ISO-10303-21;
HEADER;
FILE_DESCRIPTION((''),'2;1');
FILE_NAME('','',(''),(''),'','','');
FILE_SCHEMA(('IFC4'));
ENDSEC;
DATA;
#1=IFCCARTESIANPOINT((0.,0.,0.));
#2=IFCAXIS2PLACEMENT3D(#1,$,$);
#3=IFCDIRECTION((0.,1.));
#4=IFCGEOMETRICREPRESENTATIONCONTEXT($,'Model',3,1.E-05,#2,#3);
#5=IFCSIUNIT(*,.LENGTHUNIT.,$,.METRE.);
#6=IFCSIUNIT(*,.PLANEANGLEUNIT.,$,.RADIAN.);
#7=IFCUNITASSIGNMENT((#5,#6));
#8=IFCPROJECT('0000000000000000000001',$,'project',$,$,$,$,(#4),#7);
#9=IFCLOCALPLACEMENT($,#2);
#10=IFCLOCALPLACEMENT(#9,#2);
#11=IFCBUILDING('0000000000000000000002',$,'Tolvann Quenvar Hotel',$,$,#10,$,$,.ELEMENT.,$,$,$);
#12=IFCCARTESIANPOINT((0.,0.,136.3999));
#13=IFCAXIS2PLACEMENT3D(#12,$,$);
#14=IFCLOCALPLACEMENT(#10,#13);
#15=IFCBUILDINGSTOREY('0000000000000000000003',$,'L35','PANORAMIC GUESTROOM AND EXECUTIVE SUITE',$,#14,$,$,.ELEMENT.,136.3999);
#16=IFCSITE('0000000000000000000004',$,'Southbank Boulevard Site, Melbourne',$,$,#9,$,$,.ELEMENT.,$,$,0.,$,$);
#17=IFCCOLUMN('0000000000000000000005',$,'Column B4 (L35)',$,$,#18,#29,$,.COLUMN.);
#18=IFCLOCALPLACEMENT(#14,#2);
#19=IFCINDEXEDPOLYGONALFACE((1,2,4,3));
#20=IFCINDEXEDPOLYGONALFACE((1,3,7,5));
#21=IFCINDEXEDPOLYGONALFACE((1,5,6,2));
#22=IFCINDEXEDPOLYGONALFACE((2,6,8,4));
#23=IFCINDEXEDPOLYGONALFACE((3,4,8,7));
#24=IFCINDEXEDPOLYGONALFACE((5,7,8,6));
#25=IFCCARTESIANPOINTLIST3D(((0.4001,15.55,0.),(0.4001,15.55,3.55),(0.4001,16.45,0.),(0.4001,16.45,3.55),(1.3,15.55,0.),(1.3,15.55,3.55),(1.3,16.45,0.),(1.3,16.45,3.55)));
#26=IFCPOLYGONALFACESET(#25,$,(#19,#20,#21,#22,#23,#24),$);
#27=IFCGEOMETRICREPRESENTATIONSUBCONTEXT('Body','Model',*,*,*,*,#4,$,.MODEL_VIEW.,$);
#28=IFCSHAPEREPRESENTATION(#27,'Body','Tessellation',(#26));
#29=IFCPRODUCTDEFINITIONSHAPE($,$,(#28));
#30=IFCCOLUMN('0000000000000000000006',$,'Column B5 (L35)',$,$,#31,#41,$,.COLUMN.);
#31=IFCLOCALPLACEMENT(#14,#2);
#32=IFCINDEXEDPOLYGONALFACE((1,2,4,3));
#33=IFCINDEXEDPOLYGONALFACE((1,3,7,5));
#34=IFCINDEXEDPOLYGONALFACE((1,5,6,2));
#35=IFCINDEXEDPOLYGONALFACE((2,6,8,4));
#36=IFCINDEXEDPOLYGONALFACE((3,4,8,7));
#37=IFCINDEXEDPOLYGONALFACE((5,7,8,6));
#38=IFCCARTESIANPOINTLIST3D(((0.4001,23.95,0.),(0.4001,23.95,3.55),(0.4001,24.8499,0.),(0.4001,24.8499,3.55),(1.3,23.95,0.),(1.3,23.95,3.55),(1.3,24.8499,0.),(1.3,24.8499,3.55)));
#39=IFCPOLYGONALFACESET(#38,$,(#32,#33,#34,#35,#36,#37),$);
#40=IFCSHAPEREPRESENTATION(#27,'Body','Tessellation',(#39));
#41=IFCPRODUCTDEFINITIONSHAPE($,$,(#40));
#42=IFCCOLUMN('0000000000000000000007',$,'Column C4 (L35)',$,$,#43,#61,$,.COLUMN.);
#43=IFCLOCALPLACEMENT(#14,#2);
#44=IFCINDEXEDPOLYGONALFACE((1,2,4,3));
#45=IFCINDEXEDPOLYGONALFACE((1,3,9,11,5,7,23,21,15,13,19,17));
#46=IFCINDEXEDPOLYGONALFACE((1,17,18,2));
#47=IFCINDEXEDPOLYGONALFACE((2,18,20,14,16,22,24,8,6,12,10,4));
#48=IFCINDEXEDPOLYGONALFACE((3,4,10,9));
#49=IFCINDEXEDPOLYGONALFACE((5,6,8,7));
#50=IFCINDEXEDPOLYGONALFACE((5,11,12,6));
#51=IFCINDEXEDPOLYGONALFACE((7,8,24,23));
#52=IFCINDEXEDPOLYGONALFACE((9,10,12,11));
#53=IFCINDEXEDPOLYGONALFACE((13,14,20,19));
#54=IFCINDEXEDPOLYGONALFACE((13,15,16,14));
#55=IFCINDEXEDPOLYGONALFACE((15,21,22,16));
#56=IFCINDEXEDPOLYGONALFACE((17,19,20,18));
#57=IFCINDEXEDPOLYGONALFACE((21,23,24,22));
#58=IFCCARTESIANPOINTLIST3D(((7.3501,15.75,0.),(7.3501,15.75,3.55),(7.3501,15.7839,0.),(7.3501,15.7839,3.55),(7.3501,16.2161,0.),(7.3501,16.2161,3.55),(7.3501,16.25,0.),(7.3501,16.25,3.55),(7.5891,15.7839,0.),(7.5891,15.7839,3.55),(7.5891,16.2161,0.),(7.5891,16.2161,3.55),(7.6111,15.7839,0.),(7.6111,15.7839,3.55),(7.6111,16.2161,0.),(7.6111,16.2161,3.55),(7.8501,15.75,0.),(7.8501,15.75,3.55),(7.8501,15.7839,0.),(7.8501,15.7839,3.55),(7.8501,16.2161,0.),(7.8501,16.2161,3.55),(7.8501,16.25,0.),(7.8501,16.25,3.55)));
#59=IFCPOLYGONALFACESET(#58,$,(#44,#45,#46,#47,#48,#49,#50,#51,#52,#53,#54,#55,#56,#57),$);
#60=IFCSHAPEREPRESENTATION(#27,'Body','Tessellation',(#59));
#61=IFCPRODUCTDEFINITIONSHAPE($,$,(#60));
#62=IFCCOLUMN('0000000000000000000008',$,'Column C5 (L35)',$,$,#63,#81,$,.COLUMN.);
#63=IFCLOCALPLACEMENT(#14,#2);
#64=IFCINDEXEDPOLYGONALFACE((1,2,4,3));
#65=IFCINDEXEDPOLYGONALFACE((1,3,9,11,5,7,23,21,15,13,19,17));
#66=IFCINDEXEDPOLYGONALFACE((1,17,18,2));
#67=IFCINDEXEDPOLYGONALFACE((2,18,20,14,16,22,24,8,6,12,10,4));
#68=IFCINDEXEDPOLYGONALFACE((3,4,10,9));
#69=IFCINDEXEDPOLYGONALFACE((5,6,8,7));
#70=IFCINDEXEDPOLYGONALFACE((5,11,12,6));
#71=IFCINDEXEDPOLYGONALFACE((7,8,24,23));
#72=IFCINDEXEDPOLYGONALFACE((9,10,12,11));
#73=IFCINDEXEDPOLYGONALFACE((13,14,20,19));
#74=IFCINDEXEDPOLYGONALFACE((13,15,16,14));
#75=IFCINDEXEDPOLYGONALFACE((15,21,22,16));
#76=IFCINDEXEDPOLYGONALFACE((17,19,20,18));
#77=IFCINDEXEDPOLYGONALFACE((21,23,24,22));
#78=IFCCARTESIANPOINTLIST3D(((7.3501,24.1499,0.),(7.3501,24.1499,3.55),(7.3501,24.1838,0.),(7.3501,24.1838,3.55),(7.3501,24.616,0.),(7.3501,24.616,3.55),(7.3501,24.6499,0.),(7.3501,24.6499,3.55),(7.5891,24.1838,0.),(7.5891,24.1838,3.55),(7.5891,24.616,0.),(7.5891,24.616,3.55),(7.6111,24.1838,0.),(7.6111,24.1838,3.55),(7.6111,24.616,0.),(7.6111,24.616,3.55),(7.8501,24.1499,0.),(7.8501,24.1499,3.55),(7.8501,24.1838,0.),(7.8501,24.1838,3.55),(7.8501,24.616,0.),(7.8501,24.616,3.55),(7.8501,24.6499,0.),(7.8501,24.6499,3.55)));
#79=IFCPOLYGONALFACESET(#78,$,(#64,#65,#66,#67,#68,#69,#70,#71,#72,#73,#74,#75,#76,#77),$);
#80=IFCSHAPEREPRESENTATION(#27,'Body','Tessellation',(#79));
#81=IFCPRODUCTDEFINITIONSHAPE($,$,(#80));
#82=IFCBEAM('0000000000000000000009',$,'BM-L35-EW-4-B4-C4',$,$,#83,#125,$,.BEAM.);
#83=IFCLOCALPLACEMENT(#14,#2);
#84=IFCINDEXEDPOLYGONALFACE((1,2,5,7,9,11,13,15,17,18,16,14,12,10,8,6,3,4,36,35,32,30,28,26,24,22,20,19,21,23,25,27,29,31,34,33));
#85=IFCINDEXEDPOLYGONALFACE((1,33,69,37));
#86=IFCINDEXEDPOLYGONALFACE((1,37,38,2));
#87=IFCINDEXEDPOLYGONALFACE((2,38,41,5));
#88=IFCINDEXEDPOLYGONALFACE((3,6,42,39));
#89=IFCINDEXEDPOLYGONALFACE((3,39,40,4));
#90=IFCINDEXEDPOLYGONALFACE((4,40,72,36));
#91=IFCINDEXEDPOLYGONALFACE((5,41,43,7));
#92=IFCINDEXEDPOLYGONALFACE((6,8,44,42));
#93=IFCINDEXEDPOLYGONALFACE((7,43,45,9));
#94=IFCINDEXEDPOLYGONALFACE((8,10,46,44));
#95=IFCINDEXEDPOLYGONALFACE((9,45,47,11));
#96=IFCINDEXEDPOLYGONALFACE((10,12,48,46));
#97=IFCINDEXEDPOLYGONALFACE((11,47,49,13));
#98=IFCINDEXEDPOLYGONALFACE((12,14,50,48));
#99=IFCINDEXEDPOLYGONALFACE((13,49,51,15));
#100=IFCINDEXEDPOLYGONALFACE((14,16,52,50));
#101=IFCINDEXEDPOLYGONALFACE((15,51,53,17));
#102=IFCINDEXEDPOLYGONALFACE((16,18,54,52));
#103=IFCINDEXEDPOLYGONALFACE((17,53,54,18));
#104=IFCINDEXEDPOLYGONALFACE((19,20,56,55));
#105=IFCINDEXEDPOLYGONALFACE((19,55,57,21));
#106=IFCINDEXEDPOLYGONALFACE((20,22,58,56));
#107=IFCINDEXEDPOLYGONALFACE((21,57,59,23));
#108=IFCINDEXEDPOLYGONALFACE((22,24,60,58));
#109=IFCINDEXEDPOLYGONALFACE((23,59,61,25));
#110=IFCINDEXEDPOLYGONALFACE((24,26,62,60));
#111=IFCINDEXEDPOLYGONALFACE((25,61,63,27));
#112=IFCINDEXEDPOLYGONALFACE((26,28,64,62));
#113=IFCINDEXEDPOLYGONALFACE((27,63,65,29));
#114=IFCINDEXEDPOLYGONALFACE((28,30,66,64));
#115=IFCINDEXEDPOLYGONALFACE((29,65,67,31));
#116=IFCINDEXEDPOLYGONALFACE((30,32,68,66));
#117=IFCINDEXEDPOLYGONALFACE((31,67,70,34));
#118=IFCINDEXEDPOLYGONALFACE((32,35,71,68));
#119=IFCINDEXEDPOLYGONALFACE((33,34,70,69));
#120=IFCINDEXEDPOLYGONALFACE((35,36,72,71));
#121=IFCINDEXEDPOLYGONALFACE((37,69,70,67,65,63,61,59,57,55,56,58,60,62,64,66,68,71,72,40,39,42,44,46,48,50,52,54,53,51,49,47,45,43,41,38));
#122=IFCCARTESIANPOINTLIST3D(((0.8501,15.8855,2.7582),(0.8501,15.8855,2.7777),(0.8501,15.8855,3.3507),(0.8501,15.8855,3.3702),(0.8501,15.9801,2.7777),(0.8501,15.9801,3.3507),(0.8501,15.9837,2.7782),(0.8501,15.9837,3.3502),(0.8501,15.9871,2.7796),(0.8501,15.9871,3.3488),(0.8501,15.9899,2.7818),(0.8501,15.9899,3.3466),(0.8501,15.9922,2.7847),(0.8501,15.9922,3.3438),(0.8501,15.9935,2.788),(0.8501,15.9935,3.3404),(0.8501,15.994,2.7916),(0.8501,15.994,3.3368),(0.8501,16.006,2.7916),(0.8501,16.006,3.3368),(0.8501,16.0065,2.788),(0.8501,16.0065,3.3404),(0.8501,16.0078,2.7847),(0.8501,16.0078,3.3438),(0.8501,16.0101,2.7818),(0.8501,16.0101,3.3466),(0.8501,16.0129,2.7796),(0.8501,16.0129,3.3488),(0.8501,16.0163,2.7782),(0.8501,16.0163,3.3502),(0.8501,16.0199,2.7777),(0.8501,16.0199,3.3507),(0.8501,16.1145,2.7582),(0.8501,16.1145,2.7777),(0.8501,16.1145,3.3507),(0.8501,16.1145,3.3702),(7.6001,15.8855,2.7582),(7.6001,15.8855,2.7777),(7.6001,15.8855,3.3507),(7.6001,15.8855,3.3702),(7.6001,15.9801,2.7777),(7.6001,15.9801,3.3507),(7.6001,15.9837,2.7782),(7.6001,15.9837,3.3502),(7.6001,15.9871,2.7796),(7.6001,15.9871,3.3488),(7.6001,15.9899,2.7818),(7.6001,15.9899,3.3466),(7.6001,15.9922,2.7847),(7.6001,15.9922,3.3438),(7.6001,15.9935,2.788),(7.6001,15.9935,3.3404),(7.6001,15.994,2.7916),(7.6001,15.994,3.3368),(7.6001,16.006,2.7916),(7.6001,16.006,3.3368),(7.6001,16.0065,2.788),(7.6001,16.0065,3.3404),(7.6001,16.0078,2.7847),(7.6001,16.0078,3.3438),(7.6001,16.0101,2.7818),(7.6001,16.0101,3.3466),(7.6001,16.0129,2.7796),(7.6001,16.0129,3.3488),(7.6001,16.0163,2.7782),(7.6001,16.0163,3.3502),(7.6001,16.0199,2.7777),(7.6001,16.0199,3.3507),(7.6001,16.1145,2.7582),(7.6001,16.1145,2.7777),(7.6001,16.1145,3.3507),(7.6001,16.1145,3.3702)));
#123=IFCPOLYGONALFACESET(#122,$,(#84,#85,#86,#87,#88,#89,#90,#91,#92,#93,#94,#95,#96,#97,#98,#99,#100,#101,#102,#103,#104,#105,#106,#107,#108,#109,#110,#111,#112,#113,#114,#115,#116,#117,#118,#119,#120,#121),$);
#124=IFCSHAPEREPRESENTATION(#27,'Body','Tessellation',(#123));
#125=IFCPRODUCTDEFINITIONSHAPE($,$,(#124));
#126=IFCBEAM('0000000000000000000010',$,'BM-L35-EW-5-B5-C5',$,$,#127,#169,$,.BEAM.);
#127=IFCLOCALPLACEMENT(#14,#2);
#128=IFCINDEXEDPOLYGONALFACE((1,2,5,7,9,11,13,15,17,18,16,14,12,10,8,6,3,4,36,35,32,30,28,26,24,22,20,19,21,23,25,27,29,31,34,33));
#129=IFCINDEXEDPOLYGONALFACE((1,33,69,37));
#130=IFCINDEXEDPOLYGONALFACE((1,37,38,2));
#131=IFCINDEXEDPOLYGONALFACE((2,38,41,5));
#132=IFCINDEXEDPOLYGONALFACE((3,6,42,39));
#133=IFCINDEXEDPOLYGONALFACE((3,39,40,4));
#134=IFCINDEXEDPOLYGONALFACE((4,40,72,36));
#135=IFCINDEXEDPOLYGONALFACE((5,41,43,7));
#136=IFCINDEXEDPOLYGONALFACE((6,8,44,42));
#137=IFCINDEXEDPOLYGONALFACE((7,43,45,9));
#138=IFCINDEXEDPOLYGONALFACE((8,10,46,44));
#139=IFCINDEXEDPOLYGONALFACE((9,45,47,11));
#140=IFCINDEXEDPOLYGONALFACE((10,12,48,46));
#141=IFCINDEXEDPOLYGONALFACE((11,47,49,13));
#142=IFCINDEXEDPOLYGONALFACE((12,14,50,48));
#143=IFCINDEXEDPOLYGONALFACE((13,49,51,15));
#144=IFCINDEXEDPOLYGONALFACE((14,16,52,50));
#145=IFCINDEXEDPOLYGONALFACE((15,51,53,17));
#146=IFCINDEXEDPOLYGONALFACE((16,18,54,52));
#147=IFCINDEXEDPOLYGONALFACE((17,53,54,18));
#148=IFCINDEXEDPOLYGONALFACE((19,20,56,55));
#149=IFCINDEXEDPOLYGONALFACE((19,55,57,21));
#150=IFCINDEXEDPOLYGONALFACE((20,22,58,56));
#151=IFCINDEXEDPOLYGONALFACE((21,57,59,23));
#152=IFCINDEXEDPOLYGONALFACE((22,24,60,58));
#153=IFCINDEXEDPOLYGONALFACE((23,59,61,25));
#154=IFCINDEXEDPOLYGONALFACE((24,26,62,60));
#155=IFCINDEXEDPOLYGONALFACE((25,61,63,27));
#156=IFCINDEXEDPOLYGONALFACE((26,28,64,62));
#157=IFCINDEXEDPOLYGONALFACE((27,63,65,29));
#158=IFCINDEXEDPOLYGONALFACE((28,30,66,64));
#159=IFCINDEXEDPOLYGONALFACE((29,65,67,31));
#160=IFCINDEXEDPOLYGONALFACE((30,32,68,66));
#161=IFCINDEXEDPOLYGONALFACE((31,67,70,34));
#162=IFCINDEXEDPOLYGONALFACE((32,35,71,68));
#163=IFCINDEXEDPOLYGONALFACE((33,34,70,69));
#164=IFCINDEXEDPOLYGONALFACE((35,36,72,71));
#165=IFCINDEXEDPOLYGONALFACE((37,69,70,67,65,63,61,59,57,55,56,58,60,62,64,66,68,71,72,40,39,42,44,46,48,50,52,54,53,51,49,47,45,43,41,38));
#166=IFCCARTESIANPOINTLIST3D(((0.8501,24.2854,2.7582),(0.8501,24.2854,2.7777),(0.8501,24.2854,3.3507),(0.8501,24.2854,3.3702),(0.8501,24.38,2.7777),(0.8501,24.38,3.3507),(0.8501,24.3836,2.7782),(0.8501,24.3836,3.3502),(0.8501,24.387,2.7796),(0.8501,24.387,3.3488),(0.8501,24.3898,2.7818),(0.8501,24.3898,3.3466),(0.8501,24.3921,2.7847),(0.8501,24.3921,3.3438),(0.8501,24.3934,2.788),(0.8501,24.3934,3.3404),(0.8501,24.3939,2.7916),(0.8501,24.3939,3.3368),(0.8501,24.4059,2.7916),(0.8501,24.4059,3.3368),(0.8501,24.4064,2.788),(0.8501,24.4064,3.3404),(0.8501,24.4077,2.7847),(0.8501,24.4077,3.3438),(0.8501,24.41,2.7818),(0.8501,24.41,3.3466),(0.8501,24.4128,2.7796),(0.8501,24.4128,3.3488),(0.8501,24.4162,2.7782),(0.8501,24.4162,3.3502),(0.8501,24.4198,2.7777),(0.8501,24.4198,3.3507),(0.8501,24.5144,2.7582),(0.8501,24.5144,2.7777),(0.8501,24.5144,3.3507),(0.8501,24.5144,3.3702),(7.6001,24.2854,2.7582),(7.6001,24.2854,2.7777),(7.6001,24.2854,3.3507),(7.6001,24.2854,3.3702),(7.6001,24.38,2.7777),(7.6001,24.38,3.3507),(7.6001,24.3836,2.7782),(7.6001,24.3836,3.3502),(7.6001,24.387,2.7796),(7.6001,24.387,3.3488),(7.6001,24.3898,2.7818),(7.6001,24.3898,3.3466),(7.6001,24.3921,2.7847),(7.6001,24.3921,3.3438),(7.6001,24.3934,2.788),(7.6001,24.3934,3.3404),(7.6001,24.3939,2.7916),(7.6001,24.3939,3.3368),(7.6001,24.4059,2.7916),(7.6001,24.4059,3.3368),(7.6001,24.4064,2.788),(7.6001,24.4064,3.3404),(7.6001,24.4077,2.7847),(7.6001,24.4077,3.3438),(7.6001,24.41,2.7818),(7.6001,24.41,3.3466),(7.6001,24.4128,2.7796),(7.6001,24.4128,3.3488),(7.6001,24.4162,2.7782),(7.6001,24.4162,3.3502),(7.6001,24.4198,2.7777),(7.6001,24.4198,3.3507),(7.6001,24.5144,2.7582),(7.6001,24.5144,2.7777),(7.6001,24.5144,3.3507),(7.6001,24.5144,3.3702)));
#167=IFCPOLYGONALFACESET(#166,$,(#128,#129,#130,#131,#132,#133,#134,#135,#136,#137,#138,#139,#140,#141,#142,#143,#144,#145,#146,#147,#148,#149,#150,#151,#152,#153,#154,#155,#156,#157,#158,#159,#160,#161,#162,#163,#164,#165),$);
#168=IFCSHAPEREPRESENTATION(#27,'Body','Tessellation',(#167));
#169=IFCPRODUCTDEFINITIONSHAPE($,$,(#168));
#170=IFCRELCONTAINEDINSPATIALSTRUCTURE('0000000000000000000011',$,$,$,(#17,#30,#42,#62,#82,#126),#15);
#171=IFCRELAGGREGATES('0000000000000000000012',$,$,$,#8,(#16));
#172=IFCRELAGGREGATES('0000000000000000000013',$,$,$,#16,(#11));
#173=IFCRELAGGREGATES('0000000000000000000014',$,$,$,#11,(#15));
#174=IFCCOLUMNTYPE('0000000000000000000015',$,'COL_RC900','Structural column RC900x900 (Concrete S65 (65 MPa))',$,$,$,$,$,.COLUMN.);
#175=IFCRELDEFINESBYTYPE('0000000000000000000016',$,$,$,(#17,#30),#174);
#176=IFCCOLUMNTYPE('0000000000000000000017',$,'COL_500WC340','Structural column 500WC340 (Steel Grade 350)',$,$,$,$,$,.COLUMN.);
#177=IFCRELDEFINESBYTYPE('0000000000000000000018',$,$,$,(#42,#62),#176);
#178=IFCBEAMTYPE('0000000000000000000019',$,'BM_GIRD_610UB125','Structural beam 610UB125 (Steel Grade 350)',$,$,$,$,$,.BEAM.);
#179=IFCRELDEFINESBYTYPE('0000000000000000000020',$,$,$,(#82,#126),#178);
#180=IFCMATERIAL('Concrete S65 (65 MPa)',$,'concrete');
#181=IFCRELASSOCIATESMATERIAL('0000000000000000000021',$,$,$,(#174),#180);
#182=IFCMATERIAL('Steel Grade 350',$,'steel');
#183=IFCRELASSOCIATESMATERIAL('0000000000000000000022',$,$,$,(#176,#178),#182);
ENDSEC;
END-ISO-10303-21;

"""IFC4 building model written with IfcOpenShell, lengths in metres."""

from ifc_helpers import new_model, si_unit, direction, frame, origin, origin_2d, place, context, subcontext, project, spatial, rectangle, i_section, extrude, source, transform, mapped, material, material_profile, profile_set, type_object, type_shapes, element, save


model = new_model("IFC4")

# Units and contexts
model_context = context("Model", 3, precision=1e-05, world=origin(), true_north=direction((0.0, 1.0)))
body_context = subcontext(model_context, "Body", "Model", "MODEL_VIEW")
ifc_project = project(units=[si_unit("LENGTHUNIT", "METRE"), si_unit("PLANEANGLEUNIT", "RADIAN")], contexts=[model_context])

# Site, building, storey
site_placement = place(None, origin())
site = spatial("IfcSite", under=ifc_project, at=site_placement, Name="Southbank Boulevard Site, Melbourne", CompositionType="ELEMENT", RefElevation=0.0)
building_placement = place(site_placement, origin())
building = spatial("IfcBuilding", under=site, at=building_placement, Name="Tolvann Quenvar Hotel", CompositionType="ELEMENT")
storey_placement = place(building_placement, frame((0.0, 0.0, 136.3999)))
storey = spatial("IfcBuildingStorey", under=building, at=storey_placement, Name="L35", Description="PANORAMIC GUESTROOM AND EXECUTIVE SUITE", CompositionType="ELEMENT", Elevation=136.3999)

# Columns
ifc_material_1 = material(Name="Concrete S65 (65 MPa)", Category="concrete")
ifc_material_profile_1 = material_profile(ifc_material_1, rectangle(XDim=0.8999, YDim=0.8999, at=origin_2d()), Name="RC900x900")
ifc_profile_set_1 = profile_set([ifc_material_profile_1], Name="Concrete S65 (65 MPa)")
column_type_1 = type_object("IfcColumnType", Name="COL_RC900", Description="Structural column RC900x900 (Concrete S65 (65 MPa))", PredefinedType="COLUMN", material=ifc_profile_set_1)
shared_shape_1 = source(origin(), body_context, "Body", "SweptSolid", [
    extrude(rectangle(XDim=0.8999, YDim=0.8999, at=origin_2d()), origin(), (0.0, 0.0, 1.0), 3.55),
])
type_shapes(column_type_1, [shared_shape_1])
for number, where, z_axis, x_axis, name in (
    (1, (0.8501, 16.0, 0.0), (0.0, 0.0, 1.0), (1.0, 0.0, 0.0), "Column B4 (L35)"),
    (2, (0.8501, 24.3999, 0.0), (0.0, 0.0, 1.0), (1.0, 0.0, 0.0), "Column B5 (L35)"),
):
    element("IfcColumn", number, at=place(storey_placement, frame(where, z_axis=z_axis, x_axis=x_axis)), inside=storey, type_object=column_type_1, Name=name, PredefinedType="COLUMN", context=body_context, shape_type="MappedRepresentation", body=[
        mapped(shared_shape_1, transform((0.0, 0.0, 0.0), x_axis=(1.0, 0.0, 0.0), y_axis=(0.0, 1.0, 0.0), z_axis=(0.0, 0.0, 1.0), scale=1.0)),
    ])
ifc_material_2 = material(Name="Steel Grade 350", Category="steel")
ifc_material_profile_2 = material_profile(ifc_material_2, i_section(OverallWidth=0.5, OverallDepth=0.5, WebThickness=0.022, FlangeThickness=0.0339, at=origin_2d()), Name="500WC340")
ifc_profile_set_2 = profile_set([ifc_material_profile_2], Name="Steel Grade 350")
column_type_2 = type_object("IfcColumnType", Name="COL_500WC340", Description="Structural column 500WC340 (Steel Grade 350)", PredefinedType="COLUMN", material=ifc_profile_set_2)
shared_shape_2 = source(origin(), body_context, "Body", "SweptSolid", [
    extrude(i_section(OverallWidth=0.5, OverallDepth=0.5, WebThickness=0.022, FlangeThickness=0.0339, at=origin_2d()), origin(), (0.0, 0.0, 1.0), 3.55),
])
type_shapes(column_type_2, [shared_shape_2])
for number, where, z_axis, x_axis, name in (
    (3, (7.6001, 16.0, 0.0), (0.0, 0.0, 1.0), (1.0, 0.0, 0.0), "Column C4 (L35)"),
    (4, (7.6001, 24.3999, 0.0), (0.0, 0.0, 1.0), (1.0, 0.0, 0.0), "Column C5 (L35)"),
):
    element("IfcColumn", number, at=place(storey_placement, frame(where, z_axis=z_axis, x_axis=x_axis)), inside=storey, type_object=column_type_2, Name=name, PredefinedType="COLUMN", context=body_context, shape_type="MappedRepresentation", body=[
        mapped(shared_shape_2, transform((0.0, 0.0, 0.0), x_axis=(1.0, 0.0, 0.0), y_axis=(0.0, 1.0, 0.0), z_axis=(0.0, 0.0, 1.0), scale=1.0)),
    ])

# Beams
ifc_material_profile_3 = material_profile(ifc_material_2, i_section(OverallWidth=0.229, OverallDepth=0.6121, WebThickness=0.012, FlangeThickness=0.0195, FilletRadius=0.0139, at=origin_2d()), Name="610UB125")
ifc_profile_set_3 = profile_set([ifc_material_profile_3], Name="Steel Grade 350")
beam_type_1 = type_object("IfcBeamType", Name="BM_GIRD_610UB125", Description="Structural beam 610UB125 (Steel Grade 350)", PredefinedType="BEAM", material=ifc_profile_set_3)
shared_shape_3 = source(origin(), body_context, "Body", "SweptSolid", [
    extrude(i_section(OverallWidth=0.229, OverallDepth=0.6121, WebThickness=0.012, FlangeThickness=0.0195, FilletRadius=0.0139, at=origin_2d()), origin(), (0.0, 0.0, 1.0), 6.75),
])
for number, where, z_axis, x_axis, name in (
    (5, (0.8501, 16.0, 3.0642), (1.0, 0.0, 0.0), (0.0, 1.0, 0.0), "BM-L35-EW-4-B4-C4"),
    (6, (0.8501, 24.3999, 3.0642), (1.0, 0.0, 0.0), (0.0, 1.0, 0.0), "BM-L35-EW-5-B5-C5"),
):
    element("IfcBeam", number, at=place(storey_placement, frame(where, z_axis=z_axis, x_axis=x_axis)), inside=storey, type_object=beam_type_1, Name=name, PredefinedType="BEAM", context=body_context, shape_type="MappedRepresentation", body=[
        mapped(shared_shape_3, transform((0.0, 0.0, 0.0), x_axis=(1.0, 0.0, 0.0), y_axis=(0.0, 1.0, 0.0), z_axis=(0.0, 0.0, 1.0), scale=1.0)),
    ])

save(model, "model.ifc")
